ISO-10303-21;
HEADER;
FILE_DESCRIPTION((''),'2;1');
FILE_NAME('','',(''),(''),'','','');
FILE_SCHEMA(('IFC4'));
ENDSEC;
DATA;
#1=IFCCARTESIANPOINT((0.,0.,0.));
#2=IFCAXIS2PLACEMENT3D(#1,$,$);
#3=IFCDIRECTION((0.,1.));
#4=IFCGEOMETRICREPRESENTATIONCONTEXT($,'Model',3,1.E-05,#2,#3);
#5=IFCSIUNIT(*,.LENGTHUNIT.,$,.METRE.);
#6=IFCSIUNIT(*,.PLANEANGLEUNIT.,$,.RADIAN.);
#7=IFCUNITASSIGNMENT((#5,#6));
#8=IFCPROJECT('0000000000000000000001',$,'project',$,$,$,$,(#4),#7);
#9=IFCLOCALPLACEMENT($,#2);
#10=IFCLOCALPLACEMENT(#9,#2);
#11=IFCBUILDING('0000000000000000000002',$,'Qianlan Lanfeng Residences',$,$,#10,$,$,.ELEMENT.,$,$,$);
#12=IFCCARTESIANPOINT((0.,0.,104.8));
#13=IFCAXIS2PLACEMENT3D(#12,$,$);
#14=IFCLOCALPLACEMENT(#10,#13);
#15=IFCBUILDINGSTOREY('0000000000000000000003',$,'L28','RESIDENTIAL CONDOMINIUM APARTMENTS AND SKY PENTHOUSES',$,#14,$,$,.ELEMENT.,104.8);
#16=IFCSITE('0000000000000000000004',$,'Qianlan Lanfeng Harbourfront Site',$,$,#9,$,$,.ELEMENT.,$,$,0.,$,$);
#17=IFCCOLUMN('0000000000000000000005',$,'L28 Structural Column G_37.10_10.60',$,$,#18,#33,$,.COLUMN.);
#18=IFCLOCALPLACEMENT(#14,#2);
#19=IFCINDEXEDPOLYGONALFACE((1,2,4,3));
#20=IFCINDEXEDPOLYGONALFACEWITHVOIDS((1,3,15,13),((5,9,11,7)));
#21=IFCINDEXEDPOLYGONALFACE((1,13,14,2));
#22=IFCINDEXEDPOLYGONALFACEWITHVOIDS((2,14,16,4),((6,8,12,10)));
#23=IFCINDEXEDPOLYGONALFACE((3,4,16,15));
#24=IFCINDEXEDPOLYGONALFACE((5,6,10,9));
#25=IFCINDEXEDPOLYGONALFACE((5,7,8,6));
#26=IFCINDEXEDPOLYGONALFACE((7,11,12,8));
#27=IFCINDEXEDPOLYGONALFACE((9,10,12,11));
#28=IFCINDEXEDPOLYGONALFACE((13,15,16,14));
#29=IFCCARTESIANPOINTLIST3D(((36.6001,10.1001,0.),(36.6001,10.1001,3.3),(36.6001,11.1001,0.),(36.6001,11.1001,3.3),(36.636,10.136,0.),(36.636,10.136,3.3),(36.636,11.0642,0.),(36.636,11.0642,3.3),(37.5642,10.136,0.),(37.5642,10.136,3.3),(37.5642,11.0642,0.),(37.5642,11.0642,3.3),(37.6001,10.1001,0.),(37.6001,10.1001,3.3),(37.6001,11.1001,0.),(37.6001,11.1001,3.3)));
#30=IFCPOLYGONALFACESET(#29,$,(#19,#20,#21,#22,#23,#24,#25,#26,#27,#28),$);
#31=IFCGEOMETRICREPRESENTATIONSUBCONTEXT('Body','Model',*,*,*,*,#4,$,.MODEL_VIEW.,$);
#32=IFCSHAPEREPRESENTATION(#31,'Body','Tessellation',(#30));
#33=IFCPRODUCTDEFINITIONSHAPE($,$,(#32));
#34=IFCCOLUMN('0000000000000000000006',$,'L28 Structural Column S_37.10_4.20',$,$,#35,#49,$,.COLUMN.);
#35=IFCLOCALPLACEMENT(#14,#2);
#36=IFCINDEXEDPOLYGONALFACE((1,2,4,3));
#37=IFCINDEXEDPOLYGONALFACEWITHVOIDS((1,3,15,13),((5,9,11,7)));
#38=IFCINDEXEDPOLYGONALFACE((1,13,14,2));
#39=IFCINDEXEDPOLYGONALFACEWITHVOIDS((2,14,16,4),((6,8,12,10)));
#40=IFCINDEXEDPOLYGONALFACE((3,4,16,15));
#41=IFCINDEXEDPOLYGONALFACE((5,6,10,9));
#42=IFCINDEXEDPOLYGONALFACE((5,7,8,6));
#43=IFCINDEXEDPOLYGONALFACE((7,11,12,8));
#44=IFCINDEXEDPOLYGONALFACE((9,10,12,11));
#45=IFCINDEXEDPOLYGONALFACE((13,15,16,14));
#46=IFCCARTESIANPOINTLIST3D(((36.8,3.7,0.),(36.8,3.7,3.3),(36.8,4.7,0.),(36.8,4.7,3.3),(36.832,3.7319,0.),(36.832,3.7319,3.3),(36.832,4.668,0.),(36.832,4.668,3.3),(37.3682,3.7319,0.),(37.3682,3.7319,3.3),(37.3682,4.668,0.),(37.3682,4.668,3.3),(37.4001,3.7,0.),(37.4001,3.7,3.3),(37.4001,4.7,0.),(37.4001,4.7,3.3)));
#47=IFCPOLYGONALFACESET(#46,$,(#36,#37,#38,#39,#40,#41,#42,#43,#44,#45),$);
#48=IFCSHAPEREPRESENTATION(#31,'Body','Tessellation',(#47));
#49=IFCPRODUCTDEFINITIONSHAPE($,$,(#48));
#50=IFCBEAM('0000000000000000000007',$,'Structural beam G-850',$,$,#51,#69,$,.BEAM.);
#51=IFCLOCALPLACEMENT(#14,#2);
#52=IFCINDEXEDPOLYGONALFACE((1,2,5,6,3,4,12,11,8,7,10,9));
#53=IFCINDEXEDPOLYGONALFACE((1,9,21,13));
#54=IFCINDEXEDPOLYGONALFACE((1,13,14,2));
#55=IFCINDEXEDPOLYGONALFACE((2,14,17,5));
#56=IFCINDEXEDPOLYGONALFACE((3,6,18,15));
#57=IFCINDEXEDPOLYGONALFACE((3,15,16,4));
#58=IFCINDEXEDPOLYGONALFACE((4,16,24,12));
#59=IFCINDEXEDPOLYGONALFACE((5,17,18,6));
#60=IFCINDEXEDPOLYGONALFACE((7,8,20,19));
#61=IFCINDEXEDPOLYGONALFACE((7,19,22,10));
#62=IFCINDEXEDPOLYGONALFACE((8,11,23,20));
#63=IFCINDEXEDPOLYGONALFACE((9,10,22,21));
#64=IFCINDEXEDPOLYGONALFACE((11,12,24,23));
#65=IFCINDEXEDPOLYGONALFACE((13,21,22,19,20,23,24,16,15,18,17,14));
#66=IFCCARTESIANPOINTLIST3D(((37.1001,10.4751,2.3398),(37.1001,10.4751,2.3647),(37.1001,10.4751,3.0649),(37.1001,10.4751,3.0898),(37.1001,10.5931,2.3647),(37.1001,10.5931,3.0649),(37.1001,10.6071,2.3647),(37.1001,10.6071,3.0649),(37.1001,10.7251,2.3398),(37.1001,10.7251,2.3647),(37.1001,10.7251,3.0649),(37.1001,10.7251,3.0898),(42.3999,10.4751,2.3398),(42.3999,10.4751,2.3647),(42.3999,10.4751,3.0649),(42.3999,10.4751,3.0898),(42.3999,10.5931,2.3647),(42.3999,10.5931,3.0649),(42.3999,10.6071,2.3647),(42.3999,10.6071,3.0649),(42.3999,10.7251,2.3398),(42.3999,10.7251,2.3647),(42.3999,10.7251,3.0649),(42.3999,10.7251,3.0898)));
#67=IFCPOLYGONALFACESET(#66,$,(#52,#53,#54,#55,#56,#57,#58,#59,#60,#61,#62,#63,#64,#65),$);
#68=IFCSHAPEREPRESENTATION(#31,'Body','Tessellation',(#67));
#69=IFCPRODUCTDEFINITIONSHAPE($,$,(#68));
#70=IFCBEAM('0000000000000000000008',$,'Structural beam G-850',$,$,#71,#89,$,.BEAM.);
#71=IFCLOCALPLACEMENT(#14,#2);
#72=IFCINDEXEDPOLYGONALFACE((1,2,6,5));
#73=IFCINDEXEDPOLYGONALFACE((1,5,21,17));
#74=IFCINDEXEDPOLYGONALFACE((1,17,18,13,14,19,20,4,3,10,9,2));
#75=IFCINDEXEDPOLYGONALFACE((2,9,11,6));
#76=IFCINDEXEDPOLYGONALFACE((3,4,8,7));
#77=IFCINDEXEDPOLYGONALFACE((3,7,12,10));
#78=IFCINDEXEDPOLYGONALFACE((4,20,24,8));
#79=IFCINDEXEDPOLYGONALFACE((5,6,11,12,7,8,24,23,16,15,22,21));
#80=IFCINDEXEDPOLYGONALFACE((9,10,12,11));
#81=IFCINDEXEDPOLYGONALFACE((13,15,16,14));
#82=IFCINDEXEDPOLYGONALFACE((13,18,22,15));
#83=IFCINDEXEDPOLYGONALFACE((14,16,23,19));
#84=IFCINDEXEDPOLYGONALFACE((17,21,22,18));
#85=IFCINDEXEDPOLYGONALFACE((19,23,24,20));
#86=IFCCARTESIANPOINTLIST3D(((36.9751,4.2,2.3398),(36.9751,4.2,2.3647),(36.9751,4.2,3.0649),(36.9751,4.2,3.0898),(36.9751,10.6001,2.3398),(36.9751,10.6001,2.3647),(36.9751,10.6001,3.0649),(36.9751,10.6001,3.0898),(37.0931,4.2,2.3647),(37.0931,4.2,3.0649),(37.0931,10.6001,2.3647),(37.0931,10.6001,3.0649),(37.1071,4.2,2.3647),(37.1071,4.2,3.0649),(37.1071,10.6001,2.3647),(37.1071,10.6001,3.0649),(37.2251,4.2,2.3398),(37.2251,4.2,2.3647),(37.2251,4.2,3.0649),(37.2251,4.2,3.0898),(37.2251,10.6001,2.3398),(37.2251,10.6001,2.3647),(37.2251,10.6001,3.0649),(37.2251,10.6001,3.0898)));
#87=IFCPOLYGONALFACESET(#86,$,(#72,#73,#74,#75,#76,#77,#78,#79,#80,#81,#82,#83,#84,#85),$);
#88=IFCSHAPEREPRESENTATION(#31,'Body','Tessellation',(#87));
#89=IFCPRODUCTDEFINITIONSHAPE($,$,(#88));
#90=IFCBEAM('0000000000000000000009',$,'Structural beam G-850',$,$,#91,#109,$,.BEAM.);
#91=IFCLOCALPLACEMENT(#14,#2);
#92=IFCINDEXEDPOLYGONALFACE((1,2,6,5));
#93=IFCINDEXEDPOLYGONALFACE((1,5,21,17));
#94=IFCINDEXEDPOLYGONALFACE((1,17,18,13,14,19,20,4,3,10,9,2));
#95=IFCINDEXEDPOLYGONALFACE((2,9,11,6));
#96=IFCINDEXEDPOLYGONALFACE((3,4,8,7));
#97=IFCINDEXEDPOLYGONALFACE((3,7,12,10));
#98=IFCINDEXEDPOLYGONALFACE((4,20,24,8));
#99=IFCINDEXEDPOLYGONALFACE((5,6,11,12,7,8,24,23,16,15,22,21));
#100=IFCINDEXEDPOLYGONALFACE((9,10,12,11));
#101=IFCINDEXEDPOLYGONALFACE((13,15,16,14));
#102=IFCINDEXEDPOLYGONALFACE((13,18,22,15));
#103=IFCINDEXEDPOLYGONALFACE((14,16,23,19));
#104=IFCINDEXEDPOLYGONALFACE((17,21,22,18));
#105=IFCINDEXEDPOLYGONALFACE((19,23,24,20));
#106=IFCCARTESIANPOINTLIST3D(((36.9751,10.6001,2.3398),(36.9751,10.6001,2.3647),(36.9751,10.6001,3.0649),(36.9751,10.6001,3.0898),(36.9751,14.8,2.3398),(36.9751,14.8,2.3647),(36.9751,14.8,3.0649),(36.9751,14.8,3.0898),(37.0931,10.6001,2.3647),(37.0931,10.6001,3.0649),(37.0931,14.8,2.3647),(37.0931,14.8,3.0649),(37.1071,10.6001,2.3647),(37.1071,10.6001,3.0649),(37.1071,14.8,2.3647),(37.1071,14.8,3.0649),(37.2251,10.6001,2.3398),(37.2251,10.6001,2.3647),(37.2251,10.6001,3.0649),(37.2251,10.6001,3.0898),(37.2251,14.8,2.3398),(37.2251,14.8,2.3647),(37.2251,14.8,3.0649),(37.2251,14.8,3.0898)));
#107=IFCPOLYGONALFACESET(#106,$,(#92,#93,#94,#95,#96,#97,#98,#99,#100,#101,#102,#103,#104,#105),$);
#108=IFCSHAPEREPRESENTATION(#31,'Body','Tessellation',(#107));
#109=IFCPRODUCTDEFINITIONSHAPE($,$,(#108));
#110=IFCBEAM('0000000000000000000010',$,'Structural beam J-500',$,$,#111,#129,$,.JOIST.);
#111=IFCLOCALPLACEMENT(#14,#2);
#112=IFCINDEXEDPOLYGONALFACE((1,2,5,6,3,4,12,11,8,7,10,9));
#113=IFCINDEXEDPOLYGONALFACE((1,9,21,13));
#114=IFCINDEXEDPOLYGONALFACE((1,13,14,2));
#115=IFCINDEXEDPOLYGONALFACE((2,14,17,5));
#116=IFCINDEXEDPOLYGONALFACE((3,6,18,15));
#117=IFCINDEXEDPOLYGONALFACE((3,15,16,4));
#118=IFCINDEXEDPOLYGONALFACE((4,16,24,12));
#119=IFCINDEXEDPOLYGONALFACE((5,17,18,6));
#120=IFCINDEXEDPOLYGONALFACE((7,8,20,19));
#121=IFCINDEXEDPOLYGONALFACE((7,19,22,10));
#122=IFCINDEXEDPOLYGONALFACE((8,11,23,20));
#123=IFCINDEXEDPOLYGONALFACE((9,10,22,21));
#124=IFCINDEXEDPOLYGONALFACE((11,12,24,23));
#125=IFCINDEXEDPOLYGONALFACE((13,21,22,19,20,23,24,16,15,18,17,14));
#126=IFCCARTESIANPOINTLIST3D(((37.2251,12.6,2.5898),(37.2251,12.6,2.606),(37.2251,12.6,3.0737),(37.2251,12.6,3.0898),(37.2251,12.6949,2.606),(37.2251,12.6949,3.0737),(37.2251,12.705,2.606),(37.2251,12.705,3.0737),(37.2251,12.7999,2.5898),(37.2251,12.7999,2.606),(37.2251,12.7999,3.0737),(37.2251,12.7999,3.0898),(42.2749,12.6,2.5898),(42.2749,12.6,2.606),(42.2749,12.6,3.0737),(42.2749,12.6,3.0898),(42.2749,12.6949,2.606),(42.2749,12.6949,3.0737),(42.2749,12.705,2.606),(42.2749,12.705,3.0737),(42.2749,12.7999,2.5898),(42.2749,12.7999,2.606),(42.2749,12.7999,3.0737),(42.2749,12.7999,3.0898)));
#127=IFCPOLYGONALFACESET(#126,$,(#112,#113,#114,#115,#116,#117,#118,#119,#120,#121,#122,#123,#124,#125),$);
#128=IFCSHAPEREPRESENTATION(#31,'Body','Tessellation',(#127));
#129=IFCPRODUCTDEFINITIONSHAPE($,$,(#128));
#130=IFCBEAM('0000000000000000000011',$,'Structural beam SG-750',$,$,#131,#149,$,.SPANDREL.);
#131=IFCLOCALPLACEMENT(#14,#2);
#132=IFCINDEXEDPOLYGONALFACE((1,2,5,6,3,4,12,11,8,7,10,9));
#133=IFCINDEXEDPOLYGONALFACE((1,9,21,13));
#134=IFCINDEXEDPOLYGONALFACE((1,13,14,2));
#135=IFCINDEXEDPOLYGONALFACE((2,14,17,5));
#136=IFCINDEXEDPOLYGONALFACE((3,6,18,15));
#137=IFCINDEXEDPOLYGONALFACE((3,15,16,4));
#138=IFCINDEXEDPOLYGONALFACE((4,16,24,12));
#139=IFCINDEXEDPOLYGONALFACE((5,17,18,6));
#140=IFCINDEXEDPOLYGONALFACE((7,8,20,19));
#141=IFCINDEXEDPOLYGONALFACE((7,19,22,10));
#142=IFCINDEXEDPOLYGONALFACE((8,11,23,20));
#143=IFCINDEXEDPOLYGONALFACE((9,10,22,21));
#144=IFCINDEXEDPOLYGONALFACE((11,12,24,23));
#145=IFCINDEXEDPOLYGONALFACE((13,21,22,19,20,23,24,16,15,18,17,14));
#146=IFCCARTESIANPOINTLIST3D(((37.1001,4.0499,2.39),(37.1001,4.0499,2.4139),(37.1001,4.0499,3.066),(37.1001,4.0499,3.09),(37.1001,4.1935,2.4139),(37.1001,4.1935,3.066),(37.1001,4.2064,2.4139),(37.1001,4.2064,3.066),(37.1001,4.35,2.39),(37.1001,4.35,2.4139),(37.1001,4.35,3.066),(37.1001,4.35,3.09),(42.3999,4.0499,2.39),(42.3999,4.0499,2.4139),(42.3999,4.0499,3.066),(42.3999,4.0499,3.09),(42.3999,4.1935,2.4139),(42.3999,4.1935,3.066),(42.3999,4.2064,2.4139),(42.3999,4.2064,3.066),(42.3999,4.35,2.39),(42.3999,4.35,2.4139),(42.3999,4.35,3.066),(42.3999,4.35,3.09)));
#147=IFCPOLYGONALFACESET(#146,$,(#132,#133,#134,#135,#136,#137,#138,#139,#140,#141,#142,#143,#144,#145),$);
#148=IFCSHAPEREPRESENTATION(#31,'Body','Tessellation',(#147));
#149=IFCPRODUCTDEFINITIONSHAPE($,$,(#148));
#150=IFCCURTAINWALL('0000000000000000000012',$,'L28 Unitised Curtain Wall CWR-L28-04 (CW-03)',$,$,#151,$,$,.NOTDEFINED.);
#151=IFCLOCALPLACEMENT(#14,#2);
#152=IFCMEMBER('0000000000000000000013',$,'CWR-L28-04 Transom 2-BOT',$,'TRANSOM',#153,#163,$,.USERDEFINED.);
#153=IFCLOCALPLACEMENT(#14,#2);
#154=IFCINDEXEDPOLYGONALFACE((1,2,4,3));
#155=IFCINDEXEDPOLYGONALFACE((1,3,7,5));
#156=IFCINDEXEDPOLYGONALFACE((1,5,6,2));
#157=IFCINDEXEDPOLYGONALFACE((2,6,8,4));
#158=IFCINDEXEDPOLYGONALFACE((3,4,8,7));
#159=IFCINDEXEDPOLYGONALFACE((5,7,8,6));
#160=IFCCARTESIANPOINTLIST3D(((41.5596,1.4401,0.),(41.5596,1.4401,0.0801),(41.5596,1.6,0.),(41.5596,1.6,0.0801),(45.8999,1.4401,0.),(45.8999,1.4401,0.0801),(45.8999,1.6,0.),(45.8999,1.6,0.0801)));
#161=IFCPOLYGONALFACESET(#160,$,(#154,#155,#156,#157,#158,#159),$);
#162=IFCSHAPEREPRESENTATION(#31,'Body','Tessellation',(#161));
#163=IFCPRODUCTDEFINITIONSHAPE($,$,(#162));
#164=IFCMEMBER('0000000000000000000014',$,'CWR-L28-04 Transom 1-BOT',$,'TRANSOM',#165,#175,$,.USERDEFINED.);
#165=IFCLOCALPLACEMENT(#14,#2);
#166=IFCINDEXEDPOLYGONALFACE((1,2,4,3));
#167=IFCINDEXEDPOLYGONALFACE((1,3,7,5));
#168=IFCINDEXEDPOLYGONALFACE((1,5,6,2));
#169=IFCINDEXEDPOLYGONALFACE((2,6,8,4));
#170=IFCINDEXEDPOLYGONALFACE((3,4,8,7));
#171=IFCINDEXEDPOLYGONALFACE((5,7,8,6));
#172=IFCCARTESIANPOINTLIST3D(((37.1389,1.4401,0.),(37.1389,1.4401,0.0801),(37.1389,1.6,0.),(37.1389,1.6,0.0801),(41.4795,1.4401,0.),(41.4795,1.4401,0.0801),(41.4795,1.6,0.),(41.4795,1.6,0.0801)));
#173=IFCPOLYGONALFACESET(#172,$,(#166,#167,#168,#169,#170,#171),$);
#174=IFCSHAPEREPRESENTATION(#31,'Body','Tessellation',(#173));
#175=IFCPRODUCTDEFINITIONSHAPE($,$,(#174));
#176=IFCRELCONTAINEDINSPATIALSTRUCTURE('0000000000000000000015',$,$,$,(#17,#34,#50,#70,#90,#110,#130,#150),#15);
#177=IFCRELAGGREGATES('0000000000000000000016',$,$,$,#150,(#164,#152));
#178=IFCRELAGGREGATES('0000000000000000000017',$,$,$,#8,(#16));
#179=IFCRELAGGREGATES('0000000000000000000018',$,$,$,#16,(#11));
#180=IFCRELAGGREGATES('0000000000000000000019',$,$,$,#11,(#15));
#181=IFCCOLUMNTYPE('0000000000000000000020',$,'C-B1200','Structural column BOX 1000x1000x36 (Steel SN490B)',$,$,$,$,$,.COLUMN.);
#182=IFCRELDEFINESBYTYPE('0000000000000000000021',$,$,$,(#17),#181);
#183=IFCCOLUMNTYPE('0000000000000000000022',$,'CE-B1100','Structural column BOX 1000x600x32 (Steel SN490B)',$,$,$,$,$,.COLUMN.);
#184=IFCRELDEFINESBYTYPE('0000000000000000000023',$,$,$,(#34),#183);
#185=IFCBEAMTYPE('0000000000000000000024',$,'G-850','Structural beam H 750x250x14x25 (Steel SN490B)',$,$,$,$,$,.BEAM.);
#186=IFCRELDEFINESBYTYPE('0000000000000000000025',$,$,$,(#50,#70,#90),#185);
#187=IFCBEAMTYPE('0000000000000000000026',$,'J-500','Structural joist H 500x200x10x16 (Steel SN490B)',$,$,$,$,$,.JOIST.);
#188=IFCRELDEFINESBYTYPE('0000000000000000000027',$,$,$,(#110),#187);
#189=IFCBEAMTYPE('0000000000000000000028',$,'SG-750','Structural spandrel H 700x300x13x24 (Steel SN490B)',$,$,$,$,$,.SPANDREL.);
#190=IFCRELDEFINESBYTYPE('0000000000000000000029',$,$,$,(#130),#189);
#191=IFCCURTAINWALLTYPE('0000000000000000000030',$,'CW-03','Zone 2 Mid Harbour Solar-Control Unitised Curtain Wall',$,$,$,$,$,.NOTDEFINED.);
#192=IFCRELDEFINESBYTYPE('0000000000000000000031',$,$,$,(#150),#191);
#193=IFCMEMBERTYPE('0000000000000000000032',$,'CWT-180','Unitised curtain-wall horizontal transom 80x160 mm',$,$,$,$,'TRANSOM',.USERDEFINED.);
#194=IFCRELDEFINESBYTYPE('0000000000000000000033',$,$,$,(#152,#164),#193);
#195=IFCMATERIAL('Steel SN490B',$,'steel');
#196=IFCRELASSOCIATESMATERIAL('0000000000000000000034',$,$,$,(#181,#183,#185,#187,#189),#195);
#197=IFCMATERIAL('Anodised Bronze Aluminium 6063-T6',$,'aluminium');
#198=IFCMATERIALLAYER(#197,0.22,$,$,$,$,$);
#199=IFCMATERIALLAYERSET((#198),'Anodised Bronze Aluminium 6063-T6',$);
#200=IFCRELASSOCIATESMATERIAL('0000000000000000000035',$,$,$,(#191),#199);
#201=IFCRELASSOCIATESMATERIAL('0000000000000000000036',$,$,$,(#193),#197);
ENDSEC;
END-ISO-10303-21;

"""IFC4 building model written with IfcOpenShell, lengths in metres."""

from ifc_helpers import new_model, si_unit, direction, frame, origin, origin_2d, place, context, subcontext, project, spatial, rectangle, hollow_rectangle, i_section, extrude, source, transform, mapped, material, layer, layer_set, material_profile, profile_set, type_object, element, aggregate, save


model = new_model("IFC4")

# Units and contexts
model_context = context("Model", 3, precision=1e-05, world=origin(), true_north=direction((0.0, 1.0)))
body_context = subcontext(model_context, "Body", "Model", "MODEL_VIEW")
ifc_project = project(units=[si_unit("LENGTHUNIT", "METRE"), si_unit("PLANEANGLEUNIT", "RADIAN")], contexts=[model_context])

# Site, building, storey
site_placement = place(None, origin())
site = spatial("IfcSite", under=ifc_project, at=site_placement, Name="Qianlan Lanfeng Harbourfront Site", CompositionType="ELEMENT", RefElevation=0.0)
building_placement = place(site_placement, origin())
building = spatial("IfcBuilding", under=site, at=building_placement, Name="Qianlan Lanfeng Residences", CompositionType="ELEMENT")
storey_placement = place(building_placement, frame((0.0, 0.0, 104.8)))
storey = spatial("IfcBuildingStorey", under=building, at=storey_placement, Name="L28", Description="RESIDENTIAL CONDOMINIUM APARTMENTS AND SKY PENTHOUSES", CompositionType="ELEMENT", Elevation=104.8)

# Columns
ifc_material_1 = material(Name="Steel SN490B", Category="steel")
ifc_material_profile_1 = material_profile(ifc_material_1, hollow_rectangle(XDim=1.0, YDim=1.0, WallThickness=0.0359, at=origin_2d()), Name="BOX 1000x1000x36")
ifc_profile_set_1 = profile_set([ifc_material_profile_1], Name="Steel SN490B")
column_type_1 = type_object("IfcColumnType", Name="C-B1200", Description="Structural column BOX 1000x1000x36 (Steel SN490B)", PredefinedType="COLUMN", material=ifc_profile_set_1)
column_1_placement = place(storey_placement, frame((37.1001, 10.6001, 0.0), z_axis=(0.0, 0.0, 1.0), x_axis=(1.0, 0.0, 0.0)))
element("IfcColumn", 1, at=column_1_placement, inside=storey, type_object=column_type_1, Name="L28 Structural Column G_37.10_10.60", PredefinedType="COLUMN", context=body_context, shape_type="SweptSolid", body=[
    extrude(hollow_rectangle(XDim=1.0, YDim=1.0, WallThickness=0.0359, at=origin_2d()), origin(), (0.0, 0.0, 1.0), 3.3),
])
ifc_material_profile_2 = material_profile(ifc_material_1, hollow_rectangle(XDim=0.6001, YDim=1.0, WallThickness=0.032, at=origin_2d()), Name="BOX 1000x600x32")
ifc_profile_set_2 = profile_set([ifc_material_profile_2], Name="Steel SN490B")
column_type_2 = type_object("IfcColumnType", Name="CE-B1100", Description="Structural column BOX 1000x600x32 (Steel SN490B)", PredefinedType="COLUMN", material=ifc_profile_set_2)
column_2_placement = place(storey_placement, frame((37.1001, 4.2, 0.0), z_axis=(0.0, 0.0, 1.0), x_axis=(1.0, 0.0, 0.0)))
element("IfcColumn", 2, at=column_2_placement, inside=storey, type_object=column_type_2, Name="L28 Structural Column S_37.10_4.20", PredefinedType="COLUMN", context=body_context, shape_type="SweptSolid", body=[
    extrude(hollow_rectangle(XDim=0.6001, YDim=1.0, WallThickness=0.032, at=origin_2d()), origin(), (0.0, 0.0, 1.0), 3.3),
])

# Beams
ifc_material_profile_3 = material_profile(ifc_material_1, i_section(OverallWidth=0.25, OverallDepth=0.75, WebThickness=0.0139, FlangeThickness=0.0249, at=origin_2d()), Name="H 750x250x14x25")
ifc_profile_set_3 = profile_set([ifc_material_profile_3], Name="Steel SN490B")
beam_type_1 = type_object("IfcBeamType", Name="G-850", Description="Structural beam H 750x250x14x25 (Steel SN490B)", PredefinedType="BEAM", material=ifc_profile_set_3)
beam_1_placement = place(storey_placement, frame((37.1001, 10.6001, 2.7148), z_axis=(1.0, 0.0, 0.0), x_axis=(0.0, 1.0, 0.0)))
element("IfcBeam", 3, at=beam_1_placement, inside=storey, type_object=beam_type_1, Name="Structural beam G-850", PredefinedType="BEAM", context=body_context, shape_type="SweptSolid", body=[
    extrude(i_section(OverallWidth=0.25, OverallDepth=0.75, WebThickness=0.0139, FlangeThickness=0.0249, at=origin_2d()), origin(), (0.0, 0.0, 1.0), 5.2998),
])
beam_2_placement = place(storey_placement, frame((37.1001, 4.2, 2.7148), z_axis=(0.0, 1.0, 0.0), x_axis=(-1.0, 0.0, 0.0)))
element("IfcBeam", 4, at=beam_2_placement, inside=storey, type_object=beam_type_1, Name="Structural beam G-850", PredefinedType="BEAM", context=body_context, shape_type="SweptSolid", body=[
    extrude(i_section(OverallWidth=0.25, OverallDepth=0.75, WebThickness=0.0139, FlangeThickness=0.0249, at=origin_2d()), origin(), (0.0, 0.0, 1.0), 6.4001),
])
beam_3_placement = place(storey_placement, frame((37.1001, 10.6001, 2.7148), z_axis=(0.0, 1.0, 0.0), x_axis=(-1.0, 0.0, 0.0)))
element("IfcBeam", 5, at=beam_3_placement, inside=storey, type_object=beam_type_1, Name="Structural beam G-850", PredefinedType="BEAM", context=body_context, shape_type="SweptSolid", body=[
    extrude(i_section(OverallWidth=0.25, OverallDepth=0.75, WebThickness=0.0139, FlangeThickness=0.0249, at=origin_2d()), origin(), (0.0, 0.0, 1.0), 4.2),
])
ifc_material_profile_4 = material_profile(ifc_material_1, i_section(OverallWidth=0.2, OverallDepth=0.5, WebThickness=0.01, FlangeThickness=0.0161, at=origin_2d()), Name="H 500x200x10x16")
ifc_profile_set_4 = profile_set([ifc_material_profile_4], Name="Steel SN490B")
beam_type_2 = type_object("IfcBeamType", Name="J-500", Description="Structural joist H 500x200x10x16 (Steel SN490B)", PredefinedType="JOIST", material=ifc_profile_set_4)
beam_4_placement = place(storey_placement, frame((37.2251, 12.7, 2.8398), z_axis=(1.0, 0.0, 0.0), x_axis=(0.0, 1.0, 0.0)))
element("IfcBeam", 6, at=beam_4_placement, inside=storey, type_object=beam_type_2, Name="Structural beam J-500", PredefinedType="JOIST", context=body_context, shape_type="SweptSolid", body=[
    extrude(i_section(OverallWidth=0.2, OverallDepth=0.5, WebThickness=0.01, FlangeThickness=0.0161, at=origin_2d()), origin(), (0.0, 0.0, 1.0), 5.0498),
])
ifc_material_profile_5 = material_profile(ifc_material_1, i_section(OverallWidth=0.3, OverallDepth=0.7, WebThickness=0.0129, FlangeThickness=0.0239, at=origin_2d()), Name="H 700x300x13x24")
ifc_profile_set_5 = profile_set([ifc_material_profile_5], Name="Steel SN490B")
beam_type_3 = type_object("IfcBeamType", Name="SG-750", Description="Structural spandrel H 700x300x13x24 (Steel SN490B)", PredefinedType="SPANDREL", material=ifc_profile_set_5)
beam_5_placement = place(storey_placement, frame((37.1001, 4.2, 2.74), z_axis=(1.0, 0.0, 0.0), x_axis=(0.0, 1.0, 0.0)))
element("IfcBeam", 7, at=beam_5_placement, inside=storey, type_object=beam_type_3, Name="Structural beam SG-750", PredefinedType="SPANDREL", context=body_context, shape_type="SweptSolid", body=[
    extrude(i_section(OverallWidth=0.3, OverallDepth=0.7, WebThickness=0.0129, FlangeThickness=0.0239, at=origin_2d()), origin(), (0.0, 0.0, 1.0), 5.2998),
])

# Curtain wall, members
ifc_material_2 = material(Name="Anodised Bronze Aluminium 6063-T6", Category="aluminium")
ifc_layer_1 = layer(ifc_material_2, 0.22)
ifc_layer_set_1 = layer_set([ifc_layer_1], Name="Anodised Bronze Aluminium 6063-T6")
curtain_wall_type = type_object("IfcCurtainWallType", Name="CW-03", Description="Zone 2 Mid Harbour Solar-Control Unitised Curtain Wall", PredefinedType="NOTDEFINED", material=ifc_layer_set_1)
curtain_wall_1_placement = place(storey_placement, origin())
curtain_wall_1 = element("IfcCurtainWall", 8, at=curtain_wall_1_placement, inside=storey, type_object=curtain_wall_type, Name="L28 Unitised Curtain Wall CWR-L28-04 (CW-03)", PredefinedType="NOTDEFINED")
ifc_material_profile_6 = material_profile(ifc_material_2, rectangle(XDim=0.0801, YDim=0.1599, at=origin_2d()), Name="ALU TRANSOM 80x160")
ifc_profile_set_6 = profile_set([ifc_material_profile_6], Name="Anodised Bronze Aluminium 6063-T6")
member_type_1 = type_object("IfcMemberType", Name="CWT-180", Description="Unitised curtain-wall horizontal transom 80x160 mm", ElementType="TRANSOM", PredefinedType="USERDEFINED", material=ifc_profile_set_6)
shared_shape_1 = source(origin(), body_context, "Body", "SweptSolid", [
    extrude(rectangle(XDim=0.0801, YDim=0.1599, at=origin_2d()), origin(), (0.0, 0.0, 1.0), 4.3403),
])
member_1_placement = place(storey_placement, frame((41.5596, 1.52, 0.04), z_axis=(1.0, 0.0, 0.0), x_axis=(0.0, 0.0, 1.0)))
member_1 = element("IfcMember", 9, at=member_1_placement, type_object=member_type_1, Name="CWR-L28-04 Transom 2-BOT", ObjectType="TRANSOM", PredefinedType="USERDEFINED", context=body_context, shape_type="MappedRepresentation", body=[
    mapped(shared_shape_1, transform((0.0, 0.0, 0.0), scale=1.0)),
])
shared_shape_2 = source(origin(), body_context, "Body", "SweptSolid", [
    extrude(rectangle(XDim=0.0801, YDim=0.1599, at=origin_2d()), origin(), (0.0, 0.0, 1.0), 4.3406),
])
member_2_placement = place(storey_placement, frame((37.1389, 1.52, 0.04), z_axis=(1.0, 0.0, 0.0), x_axis=(0.0, 0.0, 1.0)))
member_2 = element("IfcMember", 10, at=member_2_placement, type_object=member_type_1, Name="CWR-L28-04 Transom 1-BOT", ObjectType="TRANSOM", PredefinedType="USERDEFINED", context=body_context, shape_type="MappedRepresentation", body=[
    mapped(shared_shape_2, transform((0.0, 0.0, 0.0), scale=1.0)),
])

aggregate(curtain_wall_1, [member_2, member_1])

save(model, "model.ifc")
